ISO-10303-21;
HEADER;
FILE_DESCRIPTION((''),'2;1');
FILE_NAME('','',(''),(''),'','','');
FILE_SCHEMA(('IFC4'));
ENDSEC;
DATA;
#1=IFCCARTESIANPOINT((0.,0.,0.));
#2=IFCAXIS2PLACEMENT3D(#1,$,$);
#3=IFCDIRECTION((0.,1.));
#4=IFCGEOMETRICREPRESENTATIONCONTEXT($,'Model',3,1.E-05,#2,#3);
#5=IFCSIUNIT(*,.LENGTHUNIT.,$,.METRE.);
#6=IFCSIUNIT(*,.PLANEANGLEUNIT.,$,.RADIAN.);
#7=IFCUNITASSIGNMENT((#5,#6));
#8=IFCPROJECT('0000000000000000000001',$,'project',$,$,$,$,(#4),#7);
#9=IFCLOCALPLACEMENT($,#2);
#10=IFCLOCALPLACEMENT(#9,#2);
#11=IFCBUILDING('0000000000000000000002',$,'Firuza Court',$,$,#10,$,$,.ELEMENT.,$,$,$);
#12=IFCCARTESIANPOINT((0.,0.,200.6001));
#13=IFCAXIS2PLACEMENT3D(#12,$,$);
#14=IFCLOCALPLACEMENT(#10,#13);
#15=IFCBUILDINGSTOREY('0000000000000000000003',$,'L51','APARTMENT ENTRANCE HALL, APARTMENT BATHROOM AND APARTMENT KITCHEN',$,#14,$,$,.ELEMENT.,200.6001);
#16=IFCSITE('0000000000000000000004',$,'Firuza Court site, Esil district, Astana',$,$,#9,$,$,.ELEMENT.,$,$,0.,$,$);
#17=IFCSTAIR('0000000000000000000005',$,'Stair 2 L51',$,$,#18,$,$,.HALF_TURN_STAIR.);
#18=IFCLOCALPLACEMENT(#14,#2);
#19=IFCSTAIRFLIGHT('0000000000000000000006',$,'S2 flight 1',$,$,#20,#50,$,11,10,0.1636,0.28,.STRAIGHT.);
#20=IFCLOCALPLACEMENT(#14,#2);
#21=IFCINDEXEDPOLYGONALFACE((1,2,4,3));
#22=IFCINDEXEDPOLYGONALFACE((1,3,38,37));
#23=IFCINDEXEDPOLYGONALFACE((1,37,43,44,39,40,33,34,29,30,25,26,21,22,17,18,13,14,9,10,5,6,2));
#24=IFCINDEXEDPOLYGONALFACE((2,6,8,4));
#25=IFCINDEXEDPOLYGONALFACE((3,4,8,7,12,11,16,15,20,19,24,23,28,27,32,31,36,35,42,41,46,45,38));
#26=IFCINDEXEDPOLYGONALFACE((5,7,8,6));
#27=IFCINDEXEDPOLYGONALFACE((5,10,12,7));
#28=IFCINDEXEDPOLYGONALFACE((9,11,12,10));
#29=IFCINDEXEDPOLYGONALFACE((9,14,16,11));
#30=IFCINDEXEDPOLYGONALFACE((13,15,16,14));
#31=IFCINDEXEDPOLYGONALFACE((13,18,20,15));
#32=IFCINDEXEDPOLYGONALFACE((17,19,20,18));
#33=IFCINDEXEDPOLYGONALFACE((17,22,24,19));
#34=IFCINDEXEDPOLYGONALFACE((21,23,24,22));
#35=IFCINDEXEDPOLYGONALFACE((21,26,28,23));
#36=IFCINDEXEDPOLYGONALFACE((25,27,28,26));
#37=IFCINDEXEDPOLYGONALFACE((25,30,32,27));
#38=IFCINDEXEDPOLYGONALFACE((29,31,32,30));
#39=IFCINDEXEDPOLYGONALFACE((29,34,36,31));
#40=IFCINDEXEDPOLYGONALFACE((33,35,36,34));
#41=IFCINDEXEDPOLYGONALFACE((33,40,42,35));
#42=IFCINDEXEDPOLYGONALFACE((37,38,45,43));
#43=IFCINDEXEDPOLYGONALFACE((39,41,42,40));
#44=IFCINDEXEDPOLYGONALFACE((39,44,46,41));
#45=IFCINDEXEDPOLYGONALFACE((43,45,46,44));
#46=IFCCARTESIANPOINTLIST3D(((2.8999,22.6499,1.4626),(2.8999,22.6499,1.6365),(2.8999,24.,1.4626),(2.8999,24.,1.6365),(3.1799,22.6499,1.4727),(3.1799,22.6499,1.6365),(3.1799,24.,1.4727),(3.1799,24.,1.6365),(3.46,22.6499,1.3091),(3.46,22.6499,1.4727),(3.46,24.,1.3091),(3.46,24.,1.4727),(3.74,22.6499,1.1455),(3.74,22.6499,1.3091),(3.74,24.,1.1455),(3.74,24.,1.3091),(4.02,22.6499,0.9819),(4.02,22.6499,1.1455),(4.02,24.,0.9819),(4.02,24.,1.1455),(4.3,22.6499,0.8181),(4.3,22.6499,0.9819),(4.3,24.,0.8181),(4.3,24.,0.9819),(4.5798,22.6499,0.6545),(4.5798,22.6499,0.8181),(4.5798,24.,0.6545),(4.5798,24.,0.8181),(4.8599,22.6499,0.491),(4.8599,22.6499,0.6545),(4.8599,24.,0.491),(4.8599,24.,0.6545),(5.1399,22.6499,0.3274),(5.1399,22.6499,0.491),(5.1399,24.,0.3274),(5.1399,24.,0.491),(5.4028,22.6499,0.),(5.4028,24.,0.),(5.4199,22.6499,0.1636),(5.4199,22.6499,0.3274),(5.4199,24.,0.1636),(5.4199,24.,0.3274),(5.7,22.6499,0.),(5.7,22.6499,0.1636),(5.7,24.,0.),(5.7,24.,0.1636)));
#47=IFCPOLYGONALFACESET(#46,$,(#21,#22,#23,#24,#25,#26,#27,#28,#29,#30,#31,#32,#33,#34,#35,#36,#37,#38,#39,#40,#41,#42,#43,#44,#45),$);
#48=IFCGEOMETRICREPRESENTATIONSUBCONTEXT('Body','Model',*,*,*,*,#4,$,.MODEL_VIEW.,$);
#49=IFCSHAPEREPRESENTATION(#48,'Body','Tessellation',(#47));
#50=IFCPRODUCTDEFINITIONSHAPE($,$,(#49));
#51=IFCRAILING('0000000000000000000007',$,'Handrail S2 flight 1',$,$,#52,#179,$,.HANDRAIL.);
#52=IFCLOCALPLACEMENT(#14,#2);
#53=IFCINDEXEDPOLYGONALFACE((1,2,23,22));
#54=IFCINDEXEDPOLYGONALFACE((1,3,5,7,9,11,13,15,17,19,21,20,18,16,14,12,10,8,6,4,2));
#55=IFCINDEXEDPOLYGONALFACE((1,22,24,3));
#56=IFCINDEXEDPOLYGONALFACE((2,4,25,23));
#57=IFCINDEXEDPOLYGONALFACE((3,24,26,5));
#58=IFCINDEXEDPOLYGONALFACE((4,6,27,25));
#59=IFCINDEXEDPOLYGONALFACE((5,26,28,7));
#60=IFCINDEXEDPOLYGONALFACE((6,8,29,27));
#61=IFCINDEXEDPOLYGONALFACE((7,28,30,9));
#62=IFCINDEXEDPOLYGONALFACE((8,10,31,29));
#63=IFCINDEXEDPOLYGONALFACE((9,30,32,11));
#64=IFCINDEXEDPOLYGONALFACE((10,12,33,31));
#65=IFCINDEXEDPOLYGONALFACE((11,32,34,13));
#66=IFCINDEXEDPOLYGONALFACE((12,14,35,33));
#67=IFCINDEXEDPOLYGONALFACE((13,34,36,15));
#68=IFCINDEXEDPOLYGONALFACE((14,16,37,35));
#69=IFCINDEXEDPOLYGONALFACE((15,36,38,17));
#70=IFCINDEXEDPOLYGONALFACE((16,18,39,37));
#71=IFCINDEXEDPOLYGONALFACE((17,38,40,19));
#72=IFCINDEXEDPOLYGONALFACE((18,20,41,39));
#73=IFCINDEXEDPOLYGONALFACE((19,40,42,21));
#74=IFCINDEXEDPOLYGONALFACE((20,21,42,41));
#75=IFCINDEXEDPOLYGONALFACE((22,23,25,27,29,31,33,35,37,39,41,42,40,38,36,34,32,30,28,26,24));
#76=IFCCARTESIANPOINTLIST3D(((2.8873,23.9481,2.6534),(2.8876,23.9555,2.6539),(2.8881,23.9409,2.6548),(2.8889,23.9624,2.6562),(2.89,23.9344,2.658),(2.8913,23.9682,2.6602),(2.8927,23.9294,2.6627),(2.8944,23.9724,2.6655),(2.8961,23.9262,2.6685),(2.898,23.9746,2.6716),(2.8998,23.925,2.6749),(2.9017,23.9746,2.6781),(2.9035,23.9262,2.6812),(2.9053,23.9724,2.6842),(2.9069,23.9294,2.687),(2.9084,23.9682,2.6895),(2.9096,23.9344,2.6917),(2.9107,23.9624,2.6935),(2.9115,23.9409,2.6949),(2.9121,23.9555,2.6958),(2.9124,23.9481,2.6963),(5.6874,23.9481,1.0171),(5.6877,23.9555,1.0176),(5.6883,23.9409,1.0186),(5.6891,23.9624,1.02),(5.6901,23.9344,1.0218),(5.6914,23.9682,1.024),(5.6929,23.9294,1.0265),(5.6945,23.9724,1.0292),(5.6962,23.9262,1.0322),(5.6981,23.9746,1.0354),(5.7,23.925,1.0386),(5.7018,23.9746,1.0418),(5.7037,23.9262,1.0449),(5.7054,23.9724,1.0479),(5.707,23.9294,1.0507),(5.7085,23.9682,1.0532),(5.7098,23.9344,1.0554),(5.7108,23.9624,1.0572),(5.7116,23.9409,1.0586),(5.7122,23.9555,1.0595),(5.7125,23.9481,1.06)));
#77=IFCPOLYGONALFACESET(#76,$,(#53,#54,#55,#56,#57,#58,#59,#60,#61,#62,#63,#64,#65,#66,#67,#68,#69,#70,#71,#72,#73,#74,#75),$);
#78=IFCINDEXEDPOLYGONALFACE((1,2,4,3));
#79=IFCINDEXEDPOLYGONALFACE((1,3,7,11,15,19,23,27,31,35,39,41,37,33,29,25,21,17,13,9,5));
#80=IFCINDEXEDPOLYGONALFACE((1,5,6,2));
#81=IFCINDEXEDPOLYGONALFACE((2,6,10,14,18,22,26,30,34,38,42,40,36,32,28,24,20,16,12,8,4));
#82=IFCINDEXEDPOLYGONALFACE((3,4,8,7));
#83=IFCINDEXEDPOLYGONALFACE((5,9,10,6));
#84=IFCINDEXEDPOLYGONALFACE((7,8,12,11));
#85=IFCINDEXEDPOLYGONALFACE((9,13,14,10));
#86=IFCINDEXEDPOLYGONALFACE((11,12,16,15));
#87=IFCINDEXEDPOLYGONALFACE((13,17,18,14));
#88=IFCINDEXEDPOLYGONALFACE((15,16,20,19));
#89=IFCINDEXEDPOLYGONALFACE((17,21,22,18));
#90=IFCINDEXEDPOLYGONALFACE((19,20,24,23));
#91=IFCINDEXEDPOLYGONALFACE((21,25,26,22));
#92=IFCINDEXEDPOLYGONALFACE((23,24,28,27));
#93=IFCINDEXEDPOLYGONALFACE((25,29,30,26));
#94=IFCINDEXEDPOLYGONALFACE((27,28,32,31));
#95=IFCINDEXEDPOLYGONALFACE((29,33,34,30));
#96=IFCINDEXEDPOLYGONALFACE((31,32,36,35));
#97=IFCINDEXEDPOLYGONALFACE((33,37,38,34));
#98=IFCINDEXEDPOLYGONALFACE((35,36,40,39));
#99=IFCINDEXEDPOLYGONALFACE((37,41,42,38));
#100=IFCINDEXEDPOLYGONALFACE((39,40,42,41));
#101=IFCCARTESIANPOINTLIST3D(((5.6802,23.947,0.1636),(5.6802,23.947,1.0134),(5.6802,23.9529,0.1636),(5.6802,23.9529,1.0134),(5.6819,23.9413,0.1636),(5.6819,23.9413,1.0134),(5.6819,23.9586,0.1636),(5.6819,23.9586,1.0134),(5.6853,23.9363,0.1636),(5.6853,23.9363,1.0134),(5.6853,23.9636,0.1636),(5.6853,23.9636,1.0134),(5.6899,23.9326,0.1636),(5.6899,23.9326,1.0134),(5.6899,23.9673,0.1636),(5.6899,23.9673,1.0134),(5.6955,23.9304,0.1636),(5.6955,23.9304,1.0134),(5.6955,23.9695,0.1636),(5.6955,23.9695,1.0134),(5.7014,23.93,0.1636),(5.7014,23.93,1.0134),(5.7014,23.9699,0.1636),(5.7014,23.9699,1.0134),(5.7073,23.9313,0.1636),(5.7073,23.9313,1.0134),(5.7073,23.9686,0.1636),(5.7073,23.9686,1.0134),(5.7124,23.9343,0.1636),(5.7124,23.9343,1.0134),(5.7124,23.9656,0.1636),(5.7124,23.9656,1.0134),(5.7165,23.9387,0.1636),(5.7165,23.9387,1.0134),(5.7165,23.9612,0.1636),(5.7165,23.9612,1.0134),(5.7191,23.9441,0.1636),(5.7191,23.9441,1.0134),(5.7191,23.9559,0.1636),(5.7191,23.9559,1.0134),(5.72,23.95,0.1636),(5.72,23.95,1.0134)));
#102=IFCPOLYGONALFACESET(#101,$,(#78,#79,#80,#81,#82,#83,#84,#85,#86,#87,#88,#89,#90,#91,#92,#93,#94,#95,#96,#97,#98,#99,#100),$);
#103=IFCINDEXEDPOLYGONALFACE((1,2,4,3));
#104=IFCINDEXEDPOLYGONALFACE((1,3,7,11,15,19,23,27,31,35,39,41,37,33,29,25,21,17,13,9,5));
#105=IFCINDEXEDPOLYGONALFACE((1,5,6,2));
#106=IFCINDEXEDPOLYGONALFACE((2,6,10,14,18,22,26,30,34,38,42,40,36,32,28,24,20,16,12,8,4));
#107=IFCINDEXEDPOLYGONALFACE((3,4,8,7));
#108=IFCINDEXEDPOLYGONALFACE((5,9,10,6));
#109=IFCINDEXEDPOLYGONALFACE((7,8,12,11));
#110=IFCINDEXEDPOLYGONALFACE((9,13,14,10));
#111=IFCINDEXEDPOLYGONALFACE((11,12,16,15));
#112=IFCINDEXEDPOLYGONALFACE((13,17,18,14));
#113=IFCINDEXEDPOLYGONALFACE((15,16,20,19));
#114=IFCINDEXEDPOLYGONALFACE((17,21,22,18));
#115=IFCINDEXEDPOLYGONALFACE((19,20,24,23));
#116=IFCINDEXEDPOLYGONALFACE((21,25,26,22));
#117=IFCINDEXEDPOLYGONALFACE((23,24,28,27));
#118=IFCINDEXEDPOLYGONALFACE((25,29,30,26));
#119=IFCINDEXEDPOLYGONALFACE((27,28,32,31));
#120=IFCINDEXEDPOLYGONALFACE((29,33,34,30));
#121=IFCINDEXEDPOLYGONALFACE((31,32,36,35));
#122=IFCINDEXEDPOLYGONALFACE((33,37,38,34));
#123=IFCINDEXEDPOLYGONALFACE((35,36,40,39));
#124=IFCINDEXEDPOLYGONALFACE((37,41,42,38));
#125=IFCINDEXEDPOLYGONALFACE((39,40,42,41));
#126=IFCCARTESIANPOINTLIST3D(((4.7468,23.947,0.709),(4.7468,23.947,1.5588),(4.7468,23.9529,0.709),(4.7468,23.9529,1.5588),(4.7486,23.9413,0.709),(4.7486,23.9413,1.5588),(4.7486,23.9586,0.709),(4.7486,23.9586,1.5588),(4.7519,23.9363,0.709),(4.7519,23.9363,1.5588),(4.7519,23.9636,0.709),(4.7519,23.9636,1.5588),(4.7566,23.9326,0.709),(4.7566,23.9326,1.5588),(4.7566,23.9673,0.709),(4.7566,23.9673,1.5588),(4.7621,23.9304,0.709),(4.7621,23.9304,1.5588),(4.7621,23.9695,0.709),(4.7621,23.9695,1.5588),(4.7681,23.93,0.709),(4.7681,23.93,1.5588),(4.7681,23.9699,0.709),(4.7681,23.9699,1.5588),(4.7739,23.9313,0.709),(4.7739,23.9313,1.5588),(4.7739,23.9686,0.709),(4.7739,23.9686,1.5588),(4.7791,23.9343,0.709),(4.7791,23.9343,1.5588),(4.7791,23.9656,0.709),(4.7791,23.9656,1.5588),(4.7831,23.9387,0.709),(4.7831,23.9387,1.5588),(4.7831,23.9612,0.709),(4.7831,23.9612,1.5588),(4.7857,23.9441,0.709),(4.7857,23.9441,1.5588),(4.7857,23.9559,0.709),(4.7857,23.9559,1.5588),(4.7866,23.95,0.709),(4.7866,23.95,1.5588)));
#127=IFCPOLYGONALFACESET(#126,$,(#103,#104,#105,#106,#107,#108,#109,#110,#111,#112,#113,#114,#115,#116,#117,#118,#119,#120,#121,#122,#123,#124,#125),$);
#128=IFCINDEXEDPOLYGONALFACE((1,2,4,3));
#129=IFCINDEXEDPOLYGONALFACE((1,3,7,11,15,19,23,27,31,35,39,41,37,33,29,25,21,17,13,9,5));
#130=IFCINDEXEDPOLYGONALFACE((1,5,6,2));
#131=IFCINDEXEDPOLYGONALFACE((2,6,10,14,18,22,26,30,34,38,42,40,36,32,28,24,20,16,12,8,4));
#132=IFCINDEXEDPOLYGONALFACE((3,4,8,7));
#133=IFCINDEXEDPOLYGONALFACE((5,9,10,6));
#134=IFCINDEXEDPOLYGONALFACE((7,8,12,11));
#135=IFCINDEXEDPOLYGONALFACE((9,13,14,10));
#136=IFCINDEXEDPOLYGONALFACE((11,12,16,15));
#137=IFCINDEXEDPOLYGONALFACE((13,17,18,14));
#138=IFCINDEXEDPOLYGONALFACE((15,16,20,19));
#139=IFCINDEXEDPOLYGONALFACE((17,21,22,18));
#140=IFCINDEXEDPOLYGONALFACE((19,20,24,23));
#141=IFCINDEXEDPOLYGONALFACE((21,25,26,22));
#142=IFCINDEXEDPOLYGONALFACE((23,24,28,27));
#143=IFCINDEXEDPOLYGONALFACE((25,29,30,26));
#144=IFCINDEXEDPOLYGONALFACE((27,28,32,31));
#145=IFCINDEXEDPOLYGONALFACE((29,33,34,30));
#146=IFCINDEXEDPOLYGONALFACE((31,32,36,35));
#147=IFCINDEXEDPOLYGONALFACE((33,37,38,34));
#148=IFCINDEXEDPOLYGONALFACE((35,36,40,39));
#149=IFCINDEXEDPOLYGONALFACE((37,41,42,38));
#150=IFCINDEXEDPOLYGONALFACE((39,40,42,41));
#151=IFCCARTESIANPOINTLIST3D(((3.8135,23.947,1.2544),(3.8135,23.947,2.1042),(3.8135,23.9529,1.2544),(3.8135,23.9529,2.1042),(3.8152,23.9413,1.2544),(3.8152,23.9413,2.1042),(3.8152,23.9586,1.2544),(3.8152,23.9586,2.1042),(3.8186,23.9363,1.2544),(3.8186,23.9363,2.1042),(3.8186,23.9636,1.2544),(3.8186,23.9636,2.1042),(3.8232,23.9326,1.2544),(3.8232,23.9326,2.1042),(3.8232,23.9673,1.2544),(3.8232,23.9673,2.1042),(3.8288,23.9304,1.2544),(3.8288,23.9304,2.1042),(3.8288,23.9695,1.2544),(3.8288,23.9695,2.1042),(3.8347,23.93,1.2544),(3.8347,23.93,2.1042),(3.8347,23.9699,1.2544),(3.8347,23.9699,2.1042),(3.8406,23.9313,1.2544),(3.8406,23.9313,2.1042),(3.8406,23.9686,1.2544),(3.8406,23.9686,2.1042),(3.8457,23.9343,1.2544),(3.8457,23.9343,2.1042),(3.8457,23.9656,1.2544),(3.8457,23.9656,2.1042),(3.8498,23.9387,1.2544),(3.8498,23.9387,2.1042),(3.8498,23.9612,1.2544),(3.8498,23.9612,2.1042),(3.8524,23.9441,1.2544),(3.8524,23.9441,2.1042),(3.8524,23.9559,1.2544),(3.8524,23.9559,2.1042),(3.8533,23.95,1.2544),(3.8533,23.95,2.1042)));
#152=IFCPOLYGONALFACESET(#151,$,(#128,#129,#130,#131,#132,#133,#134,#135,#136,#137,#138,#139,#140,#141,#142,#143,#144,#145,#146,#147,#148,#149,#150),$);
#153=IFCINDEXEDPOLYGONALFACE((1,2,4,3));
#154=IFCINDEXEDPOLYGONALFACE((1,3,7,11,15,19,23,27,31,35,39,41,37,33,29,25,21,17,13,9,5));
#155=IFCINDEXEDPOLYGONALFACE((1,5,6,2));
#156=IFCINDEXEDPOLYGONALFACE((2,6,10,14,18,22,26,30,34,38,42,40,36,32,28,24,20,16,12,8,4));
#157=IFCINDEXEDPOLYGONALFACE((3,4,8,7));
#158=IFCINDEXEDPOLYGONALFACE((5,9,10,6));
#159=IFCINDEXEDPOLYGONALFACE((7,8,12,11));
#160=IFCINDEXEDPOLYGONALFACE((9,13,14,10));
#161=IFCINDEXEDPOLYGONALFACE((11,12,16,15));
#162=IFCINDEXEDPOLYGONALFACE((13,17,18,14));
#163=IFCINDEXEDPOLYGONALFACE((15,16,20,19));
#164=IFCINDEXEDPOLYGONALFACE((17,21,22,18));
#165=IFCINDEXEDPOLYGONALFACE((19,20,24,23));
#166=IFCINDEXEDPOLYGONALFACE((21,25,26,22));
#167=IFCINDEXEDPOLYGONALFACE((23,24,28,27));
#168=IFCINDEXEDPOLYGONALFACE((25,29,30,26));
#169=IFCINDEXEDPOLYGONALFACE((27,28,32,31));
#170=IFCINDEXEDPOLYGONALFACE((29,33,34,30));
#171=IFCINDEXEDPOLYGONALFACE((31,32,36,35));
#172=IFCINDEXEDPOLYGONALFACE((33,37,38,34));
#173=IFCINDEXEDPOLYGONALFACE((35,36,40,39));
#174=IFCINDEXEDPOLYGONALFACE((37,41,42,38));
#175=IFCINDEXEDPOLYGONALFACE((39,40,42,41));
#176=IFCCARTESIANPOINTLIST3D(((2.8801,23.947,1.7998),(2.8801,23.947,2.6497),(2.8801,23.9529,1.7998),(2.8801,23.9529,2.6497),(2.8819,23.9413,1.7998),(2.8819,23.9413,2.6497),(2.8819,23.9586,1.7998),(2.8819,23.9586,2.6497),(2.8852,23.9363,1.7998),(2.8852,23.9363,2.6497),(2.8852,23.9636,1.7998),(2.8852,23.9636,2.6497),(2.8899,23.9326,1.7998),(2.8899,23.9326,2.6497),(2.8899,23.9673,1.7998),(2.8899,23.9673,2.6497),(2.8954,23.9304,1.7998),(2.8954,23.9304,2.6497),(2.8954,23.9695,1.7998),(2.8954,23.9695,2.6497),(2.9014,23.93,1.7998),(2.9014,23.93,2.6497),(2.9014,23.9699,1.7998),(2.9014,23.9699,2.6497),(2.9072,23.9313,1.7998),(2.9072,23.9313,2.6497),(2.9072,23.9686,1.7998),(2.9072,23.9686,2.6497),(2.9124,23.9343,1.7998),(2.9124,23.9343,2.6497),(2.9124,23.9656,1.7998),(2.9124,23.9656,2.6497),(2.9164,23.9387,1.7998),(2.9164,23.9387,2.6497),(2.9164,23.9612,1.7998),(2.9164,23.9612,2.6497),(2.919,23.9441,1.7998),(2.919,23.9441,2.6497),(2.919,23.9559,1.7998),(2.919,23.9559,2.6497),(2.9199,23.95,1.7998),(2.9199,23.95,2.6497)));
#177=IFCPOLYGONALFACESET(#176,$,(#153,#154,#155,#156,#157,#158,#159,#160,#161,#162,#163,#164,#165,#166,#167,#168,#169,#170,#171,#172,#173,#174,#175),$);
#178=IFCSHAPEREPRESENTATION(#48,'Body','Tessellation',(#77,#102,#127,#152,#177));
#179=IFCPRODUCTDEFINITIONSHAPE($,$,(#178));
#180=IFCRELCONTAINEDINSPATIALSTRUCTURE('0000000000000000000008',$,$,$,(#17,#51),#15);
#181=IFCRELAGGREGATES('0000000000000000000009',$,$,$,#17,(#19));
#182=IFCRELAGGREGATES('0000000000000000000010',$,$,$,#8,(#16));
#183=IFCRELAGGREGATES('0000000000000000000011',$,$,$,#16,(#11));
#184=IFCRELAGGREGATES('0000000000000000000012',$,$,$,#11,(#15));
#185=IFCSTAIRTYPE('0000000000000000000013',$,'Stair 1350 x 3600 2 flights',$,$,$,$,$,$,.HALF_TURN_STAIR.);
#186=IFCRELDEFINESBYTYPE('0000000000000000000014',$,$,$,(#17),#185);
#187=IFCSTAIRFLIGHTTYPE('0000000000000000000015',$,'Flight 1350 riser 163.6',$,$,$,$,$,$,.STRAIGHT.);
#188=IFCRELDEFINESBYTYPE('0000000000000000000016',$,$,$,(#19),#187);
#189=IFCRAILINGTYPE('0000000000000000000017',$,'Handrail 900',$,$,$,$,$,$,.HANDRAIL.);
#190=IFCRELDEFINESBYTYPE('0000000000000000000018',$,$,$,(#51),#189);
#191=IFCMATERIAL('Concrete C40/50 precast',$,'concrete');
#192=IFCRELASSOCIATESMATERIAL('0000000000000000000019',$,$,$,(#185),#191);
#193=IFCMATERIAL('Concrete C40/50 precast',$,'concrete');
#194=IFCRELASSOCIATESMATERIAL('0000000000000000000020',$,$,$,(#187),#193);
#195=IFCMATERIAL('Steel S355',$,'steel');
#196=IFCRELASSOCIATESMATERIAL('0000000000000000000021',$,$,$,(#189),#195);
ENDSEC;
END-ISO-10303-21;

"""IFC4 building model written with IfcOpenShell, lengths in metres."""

from ifc_helpers import new_model, si_unit, direction, frame, origin, origin_2d, place, context, subcontext, project, spatial, polyline, circle, outline, extrude, material, type_object, element, aggregate, save


model = new_model("IFC4")

# Units and contexts
model_context = context("Model", 3, precision=1e-05, world=origin(), true_north=direction((0.0, 1.0)))
body_context = subcontext(model_context, "Body", "Model", "MODEL_VIEW")
ifc_project = project(units=[si_unit("LENGTHUNIT", "METRE"), si_unit("PLANEANGLEUNIT", "RADIAN")], contexts=[model_context])

# Site, building, storey
site_placement = place(None, origin())
site = spatial("IfcSite", under=ifc_project, at=site_placement, Name="Firuza Court site, Esil district, Astana", CompositionType="ELEMENT", RefElevation=0.0)
building_placement = place(site_placement, origin())
building = spatial("IfcBuilding", under=site, at=building_placement, Name="Firuza Court", CompositionType="ELEMENT")
storey_placement = place(building_placement, frame((0.0, 0.0, 200.6001)))
storey = spatial("IfcBuildingStorey", under=building, at=storey_placement, Name="L51", Description="APARTMENT ENTRANCE HALL, APARTMENT BATHROOM AND APARTMENT KITCHEN", CompositionType="ELEMENT", Elevation=200.6001)

# Stair, stair flight
ifc_material_1 = material(Name="Concrete C40/50 precast", Category="concrete")
stair_type = type_object("IfcStairType", Name="Stair 1350 x 3600 2 flights", PredefinedType="HALF_TURN_STAIR", material=ifc_material_1)
stair_placement = place(storey_placement, origin())
stair = element("IfcStair", 1, at=stair_placement, inside=storey, type_object=stair_type, Name="Stair 2 L51", PredefinedType="HALF_TURN_STAIR")
ifc_material_2 = material(Name="Concrete C40/50 precast", Category="concrete")
stair_flight_type = type_object("IfcStairFlightType", Name="Flight 1350 riser 163.6", PredefinedType="STRAIGHT", material=ifc_material_2)
stair_flight_placement = place(storey_placement, frame((5.7, 23.325, 0.0), z_axis=(0.0, 0.0, 1.0), x_axis=(-1.0, 0.0, 0.0)))
stair_flight = element("IfcStairFlight", 2, at=stair_flight_placement, type_object=stair_flight_type, Name="S2 flight 1", NumberOfRisers=11, NumberOfTreads=10, PredefinedType="STRAIGHT", RiserHeight=0.1636, TreadLength=0.28, context=body_context, shape_type="SweptSolid", body=[
    extrude(outline(polyline([(0.0, 0.0), (0.0, 0.1636), (0.28, 0.1636), (0.28, 0.3274), (0.5601, 0.3274), (0.5601, 0.491), (0.8401, 0.491), (0.8401, 0.6545), (1.1201, 0.6545), (1.1201, 0.8181), (1.3999, 0.8181), (1.3999, 0.9819), (1.6799, 0.9819), (1.6799, 1.1455), (1.96, 1.1455), (1.96, 1.3091), (2.24, 1.3091), (2.24, 1.4727), (2.52, 1.4727), (2.52, 1.6365), (2.8, 1.6365), (2.8, 1.8), (2.8, 1.4626), (0.2971, 0.0), (0.0, 0.0)])), frame((0.0, 0.675, 0.0), z_axis=(0.0, -1.0, 0.0), x_axis=(1.0, 0.0, 0.0)), (0.0, 0.0, 1.0), 1.3501),
])
aggregate(stair, [stair_flight])

# Railing
ifc_material_3 = material(Name="Steel S355", Category="steel")
railing_type = type_object("IfcRailingType", Name="Handrail 900", PredefinedType="HANDRAIL", material=ifc_material_3)
railing_placement = place(storey_placement, frame((5.7, 23.95, 0.1636)))
element("IfcRailing", 3, at=railing_placement, inside=storey, type_object=railing_type, Name="Handrail S2 flight 1", PredefinedType="HANDRAIL", context=body_context, shape_type="SweptSolid", body=[
    extrude(circle(Radius=0.0249, at=origin_2d()), frame((0.0, 0.0, 0.875), z_axis=(-0.863394, 0.0, 0.504531), x_axis=(0.0, -1.0, 0.0)), (0.0, 0.0, 1.0), 3.2432),
    extrude(circle(Radius=0.02, at=origin_2d()), origin(), (0.0, 0.0, 1.0), 0.8499),
    extrude(circle(Radius=0.02, at=origin_2d()), frame((-0.9333, 0.0, 0.5454)), (0.0, 0.0, 1.0), 0.8499),
    extrude(circle(Radius=0.02, at=origin_2d()), frame((-1.8667, 0.0, 1.0908)), (0.0, 0.0, 1.0), 0.8499),
    extrude(circle(Radius=0.02, at=origin_2d()), frame((-2.8, 0.0, 1.6362)), (0.0, 0.0, 1.0), 0.8499),
])

save(model, "model.ifc")
